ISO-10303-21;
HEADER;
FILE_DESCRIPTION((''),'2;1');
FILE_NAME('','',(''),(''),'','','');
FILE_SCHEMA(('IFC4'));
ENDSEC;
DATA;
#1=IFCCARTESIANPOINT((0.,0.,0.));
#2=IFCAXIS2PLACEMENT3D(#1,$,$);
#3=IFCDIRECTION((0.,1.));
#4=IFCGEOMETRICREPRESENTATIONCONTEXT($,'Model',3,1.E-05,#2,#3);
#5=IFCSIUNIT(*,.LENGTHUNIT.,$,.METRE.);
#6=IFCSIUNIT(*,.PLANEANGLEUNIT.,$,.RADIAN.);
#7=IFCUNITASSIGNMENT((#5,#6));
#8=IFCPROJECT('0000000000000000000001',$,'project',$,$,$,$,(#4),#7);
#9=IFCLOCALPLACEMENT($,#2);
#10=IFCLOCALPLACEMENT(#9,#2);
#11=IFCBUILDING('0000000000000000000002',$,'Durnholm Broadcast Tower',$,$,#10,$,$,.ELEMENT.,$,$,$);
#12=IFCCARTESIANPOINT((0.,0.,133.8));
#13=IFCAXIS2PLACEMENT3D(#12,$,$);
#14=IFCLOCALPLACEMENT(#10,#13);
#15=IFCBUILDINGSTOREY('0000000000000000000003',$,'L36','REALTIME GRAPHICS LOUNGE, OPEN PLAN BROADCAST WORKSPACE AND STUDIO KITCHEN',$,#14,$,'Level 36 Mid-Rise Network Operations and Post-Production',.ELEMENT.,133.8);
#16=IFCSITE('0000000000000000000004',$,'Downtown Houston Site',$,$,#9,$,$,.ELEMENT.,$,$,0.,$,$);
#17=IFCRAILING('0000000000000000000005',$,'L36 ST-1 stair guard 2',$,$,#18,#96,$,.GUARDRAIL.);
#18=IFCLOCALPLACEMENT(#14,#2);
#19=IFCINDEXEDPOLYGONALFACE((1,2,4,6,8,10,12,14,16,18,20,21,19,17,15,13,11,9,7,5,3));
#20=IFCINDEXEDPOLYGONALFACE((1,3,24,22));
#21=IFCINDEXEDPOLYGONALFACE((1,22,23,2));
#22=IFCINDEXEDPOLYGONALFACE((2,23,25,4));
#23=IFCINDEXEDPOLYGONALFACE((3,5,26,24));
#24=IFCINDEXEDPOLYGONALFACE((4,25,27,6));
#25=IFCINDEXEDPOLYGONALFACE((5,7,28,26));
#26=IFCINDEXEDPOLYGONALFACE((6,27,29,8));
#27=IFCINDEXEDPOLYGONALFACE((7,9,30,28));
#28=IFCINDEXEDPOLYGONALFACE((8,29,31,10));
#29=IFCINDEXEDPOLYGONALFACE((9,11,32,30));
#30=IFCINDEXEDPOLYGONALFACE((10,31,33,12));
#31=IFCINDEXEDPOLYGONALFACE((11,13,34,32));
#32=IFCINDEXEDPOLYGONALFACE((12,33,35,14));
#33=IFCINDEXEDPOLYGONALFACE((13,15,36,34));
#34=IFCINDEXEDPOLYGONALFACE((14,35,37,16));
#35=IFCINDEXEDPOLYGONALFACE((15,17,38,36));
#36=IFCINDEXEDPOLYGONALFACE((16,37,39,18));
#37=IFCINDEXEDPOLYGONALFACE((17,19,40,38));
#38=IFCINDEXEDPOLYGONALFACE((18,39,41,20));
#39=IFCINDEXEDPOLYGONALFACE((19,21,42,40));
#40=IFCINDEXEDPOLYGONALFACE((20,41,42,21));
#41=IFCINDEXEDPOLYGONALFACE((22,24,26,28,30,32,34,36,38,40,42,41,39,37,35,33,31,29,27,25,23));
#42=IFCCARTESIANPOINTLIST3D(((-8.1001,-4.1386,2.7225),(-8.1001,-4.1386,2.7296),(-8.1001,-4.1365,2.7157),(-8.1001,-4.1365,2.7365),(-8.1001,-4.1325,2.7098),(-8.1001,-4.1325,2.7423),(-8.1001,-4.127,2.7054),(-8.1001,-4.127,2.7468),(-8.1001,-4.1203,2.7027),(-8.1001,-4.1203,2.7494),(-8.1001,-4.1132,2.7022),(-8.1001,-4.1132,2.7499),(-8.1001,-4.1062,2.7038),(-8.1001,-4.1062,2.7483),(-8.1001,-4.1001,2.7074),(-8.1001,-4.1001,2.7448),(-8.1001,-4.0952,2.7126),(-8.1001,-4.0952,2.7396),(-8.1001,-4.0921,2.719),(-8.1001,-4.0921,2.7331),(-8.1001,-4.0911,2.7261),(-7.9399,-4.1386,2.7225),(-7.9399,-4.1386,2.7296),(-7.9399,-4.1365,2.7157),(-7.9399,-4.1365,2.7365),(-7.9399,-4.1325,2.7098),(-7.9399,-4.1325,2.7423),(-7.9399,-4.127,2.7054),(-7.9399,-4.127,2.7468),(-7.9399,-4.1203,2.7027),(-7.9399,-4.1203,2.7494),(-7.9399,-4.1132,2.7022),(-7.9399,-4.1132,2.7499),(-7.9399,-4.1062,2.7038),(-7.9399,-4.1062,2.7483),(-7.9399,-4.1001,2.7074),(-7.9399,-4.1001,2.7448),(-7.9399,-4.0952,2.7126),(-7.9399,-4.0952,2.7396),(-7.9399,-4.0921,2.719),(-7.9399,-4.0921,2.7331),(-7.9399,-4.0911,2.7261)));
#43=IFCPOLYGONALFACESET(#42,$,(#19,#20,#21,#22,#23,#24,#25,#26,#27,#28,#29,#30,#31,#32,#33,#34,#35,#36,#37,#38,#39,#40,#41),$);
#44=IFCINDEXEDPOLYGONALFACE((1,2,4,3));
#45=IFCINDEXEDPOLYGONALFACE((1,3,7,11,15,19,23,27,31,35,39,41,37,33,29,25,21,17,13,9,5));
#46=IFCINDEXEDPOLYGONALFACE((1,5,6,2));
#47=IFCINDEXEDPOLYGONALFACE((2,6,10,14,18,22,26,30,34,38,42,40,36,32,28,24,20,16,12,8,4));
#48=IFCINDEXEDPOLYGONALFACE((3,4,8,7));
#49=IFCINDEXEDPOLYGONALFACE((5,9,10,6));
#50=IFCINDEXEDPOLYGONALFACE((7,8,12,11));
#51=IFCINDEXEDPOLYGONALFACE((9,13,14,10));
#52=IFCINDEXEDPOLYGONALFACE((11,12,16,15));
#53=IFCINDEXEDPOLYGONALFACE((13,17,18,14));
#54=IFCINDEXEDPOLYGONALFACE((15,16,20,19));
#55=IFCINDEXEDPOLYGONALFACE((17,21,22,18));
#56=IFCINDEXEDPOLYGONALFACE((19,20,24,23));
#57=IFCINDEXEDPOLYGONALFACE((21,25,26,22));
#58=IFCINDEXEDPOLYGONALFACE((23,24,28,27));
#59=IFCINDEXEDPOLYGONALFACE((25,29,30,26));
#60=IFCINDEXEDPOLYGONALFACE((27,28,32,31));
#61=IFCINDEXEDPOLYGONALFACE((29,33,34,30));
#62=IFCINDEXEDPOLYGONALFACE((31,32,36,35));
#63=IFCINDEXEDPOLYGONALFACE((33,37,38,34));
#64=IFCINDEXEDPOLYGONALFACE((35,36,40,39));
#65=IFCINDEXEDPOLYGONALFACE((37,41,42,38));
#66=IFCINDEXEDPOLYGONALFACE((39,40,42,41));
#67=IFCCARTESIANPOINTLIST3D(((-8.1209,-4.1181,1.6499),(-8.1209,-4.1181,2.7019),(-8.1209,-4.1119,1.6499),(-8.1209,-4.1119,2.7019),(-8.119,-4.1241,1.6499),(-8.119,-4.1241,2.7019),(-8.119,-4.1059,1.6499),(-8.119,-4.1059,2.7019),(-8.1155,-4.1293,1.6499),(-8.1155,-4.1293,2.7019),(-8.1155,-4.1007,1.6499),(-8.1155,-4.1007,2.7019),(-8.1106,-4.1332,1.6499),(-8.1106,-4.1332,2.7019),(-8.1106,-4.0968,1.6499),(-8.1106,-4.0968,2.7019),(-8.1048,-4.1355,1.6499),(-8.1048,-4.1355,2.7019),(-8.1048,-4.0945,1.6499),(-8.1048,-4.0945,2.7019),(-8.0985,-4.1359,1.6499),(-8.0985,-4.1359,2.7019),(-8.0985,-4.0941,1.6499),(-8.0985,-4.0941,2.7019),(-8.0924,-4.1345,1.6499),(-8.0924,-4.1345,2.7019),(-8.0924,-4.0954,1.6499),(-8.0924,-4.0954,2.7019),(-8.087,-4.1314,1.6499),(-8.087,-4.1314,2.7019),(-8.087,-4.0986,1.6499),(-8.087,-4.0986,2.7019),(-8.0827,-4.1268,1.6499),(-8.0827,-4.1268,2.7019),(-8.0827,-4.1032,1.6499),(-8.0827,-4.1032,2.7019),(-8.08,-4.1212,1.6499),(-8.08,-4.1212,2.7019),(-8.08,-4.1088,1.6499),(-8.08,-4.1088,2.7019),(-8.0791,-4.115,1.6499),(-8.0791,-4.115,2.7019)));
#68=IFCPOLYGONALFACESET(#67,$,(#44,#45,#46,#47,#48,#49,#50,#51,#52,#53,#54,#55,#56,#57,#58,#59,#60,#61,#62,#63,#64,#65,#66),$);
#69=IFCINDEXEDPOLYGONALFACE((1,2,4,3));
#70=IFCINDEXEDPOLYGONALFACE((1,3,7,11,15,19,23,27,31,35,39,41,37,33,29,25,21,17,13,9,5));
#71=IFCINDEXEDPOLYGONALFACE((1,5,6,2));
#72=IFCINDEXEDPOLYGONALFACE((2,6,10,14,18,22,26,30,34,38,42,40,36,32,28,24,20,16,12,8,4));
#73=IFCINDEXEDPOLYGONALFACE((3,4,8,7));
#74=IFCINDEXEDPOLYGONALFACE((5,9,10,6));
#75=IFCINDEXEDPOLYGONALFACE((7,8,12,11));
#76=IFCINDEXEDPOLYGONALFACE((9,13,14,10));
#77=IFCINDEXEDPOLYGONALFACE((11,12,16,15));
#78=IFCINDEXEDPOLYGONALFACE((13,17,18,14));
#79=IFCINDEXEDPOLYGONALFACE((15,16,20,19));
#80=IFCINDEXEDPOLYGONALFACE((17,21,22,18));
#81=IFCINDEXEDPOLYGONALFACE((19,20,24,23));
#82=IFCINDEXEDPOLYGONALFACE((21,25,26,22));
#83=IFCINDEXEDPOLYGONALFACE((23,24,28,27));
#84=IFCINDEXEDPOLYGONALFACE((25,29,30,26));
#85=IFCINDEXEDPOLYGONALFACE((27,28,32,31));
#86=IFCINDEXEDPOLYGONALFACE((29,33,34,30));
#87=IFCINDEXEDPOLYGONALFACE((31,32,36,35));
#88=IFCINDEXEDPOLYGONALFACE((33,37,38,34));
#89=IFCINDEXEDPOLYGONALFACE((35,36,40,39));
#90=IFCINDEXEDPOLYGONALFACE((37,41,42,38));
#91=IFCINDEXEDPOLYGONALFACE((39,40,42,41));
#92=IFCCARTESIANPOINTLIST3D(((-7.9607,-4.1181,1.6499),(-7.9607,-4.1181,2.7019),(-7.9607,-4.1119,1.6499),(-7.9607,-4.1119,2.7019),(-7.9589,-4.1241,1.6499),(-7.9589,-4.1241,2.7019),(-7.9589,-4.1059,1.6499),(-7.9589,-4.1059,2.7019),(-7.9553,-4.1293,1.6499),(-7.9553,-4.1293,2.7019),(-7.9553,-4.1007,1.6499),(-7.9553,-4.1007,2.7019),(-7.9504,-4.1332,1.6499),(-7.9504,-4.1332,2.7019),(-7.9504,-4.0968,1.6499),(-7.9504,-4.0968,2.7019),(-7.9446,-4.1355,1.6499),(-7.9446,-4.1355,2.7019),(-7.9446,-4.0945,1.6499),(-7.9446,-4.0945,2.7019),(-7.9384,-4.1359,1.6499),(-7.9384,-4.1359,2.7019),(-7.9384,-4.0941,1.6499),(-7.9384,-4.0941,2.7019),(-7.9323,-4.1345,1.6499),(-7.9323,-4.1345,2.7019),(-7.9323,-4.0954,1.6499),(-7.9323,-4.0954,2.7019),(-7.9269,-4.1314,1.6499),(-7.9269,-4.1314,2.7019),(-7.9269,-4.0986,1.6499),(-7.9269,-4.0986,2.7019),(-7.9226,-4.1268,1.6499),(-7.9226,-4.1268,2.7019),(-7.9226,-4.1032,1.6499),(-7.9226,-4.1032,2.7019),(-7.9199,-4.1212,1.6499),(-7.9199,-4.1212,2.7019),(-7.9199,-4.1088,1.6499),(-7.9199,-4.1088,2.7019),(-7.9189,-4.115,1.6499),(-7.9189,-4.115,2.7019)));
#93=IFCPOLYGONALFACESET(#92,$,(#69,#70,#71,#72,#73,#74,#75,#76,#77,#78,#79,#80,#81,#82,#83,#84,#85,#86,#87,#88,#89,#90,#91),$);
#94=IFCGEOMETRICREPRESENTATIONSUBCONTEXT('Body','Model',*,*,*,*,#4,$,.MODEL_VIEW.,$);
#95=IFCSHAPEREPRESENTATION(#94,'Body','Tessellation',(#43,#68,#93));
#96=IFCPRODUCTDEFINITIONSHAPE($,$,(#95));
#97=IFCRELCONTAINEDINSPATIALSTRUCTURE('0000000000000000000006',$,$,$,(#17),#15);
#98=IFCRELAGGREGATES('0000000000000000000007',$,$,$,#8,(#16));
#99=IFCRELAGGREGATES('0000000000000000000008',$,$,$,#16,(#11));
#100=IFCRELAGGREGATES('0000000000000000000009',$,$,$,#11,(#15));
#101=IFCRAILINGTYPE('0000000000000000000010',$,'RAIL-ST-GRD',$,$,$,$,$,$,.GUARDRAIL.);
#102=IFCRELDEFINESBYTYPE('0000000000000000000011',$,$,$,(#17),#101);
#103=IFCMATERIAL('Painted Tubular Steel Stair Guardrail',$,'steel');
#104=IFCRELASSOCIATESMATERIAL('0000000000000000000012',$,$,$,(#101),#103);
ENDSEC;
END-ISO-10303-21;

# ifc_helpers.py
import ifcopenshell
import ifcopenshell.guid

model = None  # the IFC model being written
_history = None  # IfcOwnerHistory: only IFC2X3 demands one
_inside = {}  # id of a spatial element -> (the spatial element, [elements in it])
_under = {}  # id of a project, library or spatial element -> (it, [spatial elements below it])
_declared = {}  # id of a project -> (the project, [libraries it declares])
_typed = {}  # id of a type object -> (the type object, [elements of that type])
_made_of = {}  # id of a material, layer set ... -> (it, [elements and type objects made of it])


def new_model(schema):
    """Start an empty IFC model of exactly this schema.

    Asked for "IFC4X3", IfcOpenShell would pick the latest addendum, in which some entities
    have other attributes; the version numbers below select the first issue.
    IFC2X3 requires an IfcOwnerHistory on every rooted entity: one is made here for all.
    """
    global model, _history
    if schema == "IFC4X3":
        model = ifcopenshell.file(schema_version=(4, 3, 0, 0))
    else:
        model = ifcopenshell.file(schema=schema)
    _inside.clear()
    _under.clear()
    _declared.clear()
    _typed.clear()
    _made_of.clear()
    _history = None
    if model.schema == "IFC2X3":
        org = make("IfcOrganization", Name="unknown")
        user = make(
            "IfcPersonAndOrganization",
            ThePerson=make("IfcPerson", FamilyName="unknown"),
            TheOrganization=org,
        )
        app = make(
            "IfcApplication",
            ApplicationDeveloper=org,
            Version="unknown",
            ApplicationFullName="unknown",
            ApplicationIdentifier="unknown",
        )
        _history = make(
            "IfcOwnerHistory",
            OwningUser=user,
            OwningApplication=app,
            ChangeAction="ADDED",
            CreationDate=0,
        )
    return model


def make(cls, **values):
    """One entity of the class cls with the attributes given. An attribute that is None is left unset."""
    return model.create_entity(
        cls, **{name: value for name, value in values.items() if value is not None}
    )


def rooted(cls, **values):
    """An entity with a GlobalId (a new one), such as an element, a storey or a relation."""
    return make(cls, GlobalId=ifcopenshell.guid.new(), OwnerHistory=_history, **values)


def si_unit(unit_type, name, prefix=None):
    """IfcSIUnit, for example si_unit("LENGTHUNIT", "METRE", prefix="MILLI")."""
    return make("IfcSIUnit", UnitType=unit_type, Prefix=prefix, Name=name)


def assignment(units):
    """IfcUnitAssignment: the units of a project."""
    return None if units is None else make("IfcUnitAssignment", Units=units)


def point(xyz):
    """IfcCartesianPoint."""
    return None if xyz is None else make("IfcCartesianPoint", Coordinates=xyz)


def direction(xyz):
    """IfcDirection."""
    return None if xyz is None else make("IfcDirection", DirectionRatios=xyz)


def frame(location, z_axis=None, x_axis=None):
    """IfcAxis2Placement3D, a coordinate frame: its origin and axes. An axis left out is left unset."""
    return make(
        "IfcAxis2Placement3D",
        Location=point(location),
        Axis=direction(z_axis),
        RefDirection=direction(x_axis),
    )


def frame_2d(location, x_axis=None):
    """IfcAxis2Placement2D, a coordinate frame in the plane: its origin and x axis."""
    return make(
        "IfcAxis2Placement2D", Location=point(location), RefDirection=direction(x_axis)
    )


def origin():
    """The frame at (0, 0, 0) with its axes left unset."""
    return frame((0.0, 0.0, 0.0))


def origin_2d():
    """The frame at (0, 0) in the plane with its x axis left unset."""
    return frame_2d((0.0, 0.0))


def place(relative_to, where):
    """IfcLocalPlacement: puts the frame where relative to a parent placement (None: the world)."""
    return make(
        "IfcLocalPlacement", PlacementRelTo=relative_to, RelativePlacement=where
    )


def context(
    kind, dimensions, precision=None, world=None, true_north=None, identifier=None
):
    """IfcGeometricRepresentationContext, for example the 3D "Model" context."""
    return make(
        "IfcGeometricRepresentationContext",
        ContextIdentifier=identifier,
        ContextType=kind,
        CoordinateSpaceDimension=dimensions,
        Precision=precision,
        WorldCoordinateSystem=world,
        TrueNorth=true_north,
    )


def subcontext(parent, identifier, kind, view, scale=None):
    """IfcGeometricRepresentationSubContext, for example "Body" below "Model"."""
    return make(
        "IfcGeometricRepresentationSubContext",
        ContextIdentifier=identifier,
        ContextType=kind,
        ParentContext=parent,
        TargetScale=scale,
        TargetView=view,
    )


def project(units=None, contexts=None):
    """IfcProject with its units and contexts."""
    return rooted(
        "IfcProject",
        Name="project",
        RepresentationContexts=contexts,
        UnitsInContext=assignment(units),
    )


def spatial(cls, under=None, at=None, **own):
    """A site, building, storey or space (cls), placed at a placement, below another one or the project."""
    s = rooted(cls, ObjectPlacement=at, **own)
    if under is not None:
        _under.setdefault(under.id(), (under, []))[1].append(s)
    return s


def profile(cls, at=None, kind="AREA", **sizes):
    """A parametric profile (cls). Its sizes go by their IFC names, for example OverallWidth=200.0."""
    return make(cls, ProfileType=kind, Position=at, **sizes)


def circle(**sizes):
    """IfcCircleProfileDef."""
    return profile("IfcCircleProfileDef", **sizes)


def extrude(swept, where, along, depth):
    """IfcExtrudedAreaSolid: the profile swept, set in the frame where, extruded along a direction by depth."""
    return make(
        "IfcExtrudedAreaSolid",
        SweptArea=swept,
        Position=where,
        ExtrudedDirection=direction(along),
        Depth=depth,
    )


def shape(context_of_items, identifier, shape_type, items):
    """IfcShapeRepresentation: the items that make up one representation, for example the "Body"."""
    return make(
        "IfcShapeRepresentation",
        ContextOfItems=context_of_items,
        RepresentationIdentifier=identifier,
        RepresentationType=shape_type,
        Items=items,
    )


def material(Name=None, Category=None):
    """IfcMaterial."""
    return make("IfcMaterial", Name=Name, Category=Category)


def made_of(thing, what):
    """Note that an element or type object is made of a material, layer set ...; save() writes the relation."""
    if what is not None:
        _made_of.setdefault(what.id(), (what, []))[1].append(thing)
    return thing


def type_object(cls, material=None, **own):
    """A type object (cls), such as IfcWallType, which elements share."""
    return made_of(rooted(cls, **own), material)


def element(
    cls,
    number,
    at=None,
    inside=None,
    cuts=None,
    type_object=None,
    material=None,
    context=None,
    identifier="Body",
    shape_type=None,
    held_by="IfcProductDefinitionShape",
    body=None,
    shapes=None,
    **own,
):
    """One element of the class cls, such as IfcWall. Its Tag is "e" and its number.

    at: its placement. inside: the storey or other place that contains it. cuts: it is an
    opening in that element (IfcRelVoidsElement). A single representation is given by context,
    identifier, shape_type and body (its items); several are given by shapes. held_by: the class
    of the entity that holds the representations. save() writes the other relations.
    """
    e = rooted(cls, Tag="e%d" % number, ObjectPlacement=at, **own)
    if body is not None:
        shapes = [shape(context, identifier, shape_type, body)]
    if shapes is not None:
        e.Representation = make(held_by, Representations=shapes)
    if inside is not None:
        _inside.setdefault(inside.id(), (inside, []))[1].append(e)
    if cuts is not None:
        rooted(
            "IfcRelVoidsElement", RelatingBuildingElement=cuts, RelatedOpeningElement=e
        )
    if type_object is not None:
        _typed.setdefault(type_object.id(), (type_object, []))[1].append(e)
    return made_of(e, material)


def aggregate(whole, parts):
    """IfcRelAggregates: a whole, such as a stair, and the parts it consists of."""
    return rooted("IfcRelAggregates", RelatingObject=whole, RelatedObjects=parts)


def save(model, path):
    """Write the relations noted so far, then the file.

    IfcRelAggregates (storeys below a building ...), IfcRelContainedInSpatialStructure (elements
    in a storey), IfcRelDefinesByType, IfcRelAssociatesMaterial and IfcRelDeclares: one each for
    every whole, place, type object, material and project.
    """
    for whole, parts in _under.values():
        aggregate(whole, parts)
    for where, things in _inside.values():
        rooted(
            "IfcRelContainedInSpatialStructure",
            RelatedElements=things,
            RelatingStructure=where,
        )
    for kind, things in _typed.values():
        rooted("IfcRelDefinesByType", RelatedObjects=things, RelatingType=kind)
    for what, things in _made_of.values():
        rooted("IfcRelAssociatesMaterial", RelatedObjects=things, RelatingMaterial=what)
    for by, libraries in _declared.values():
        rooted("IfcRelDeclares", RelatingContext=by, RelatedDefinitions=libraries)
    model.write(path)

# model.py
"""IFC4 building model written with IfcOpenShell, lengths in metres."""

from ifc_helpers import new_model, si_unit, direction, frame, origin, origin_2d, place, context, subcontext, project, spatial, circle, extrude, material, type_object, element, save


model = new_model("IFC4")

# Units and contexts
model_context = context("Model", 3, precision=1e-05, world=origin(), true_north=direction((0.0, 1.0)))
body_context = subcontext(model_context, "Body", "Model", "MODEL_VIEW")
ifc_project = project(units=[si_unit("LENGTHUNIT", "METRE"), si_unit("PLANEANGLEUNIT", "RADIAN")], contexts=[model_context])

# Site, building, storey
site_placement = place(None, origin())
site = spatial("IfcSite", under=ifc_project, at=site_placement, Name="Downtown Houston Site", CompositionType="ELEMENT", RefElevation=0.0)
building_placement = place(site_placement, origin())
building = spatial("IfcBuilding", under=site, at=building_placement, Name="Durnholm Broadcast Tower", CompositionType="ELEMENT")
storey_placement = place(building_placement, frame((0.0, 0.0, 133.8)))
storey = spatial("IfcBuildingStorey", under=building, at=storey_placement, Name="L36", Description="REALTIME GRAPHICS LOUNGE, OPEN PLAN BROADCAST WORKSPACE AND STUDIO KITCHEN", LongName="Level 36 Mid-Rise Network Operations and Post-Production", CompositionType="ELEMENT", Elevation=133.8)

# Railing
ifc_material_1 = material(Name="Painted Tubular Steel Stair Guardrail", Category="steel")
railing_type_1 = type_object("IfcRailingType", Name="RAIL-ST-GRD", PredefinedType="GUARDRAIL", material=ifc_material_1)
railing_1_placement = place(storey_placement, frame((-8.1001, -4.115, 1.6499)))
element("IfcRailing", 1, at=railing_1_placement, inside=storey, type_object=railing_type_1, Name="L36 ST-1 stair guard 2", PredefinedType="GUARDRAIL", context=body_context, shape_type="SweptSolid", body=[
    extrude(circle(Radius=0.0239, at=origin_2d()), frame((0.0, 0.0, 1.0762), z_axis=(1.0, 0.0, 0.0), x_axis=(0.0, 1.0, 0.0)), (0.0, 0.0, 1.0), 0.1602),
    extrude(circle(Radius=0.021, at=origin_2d()), origin(), (0.0, 0.0, 1.0), 1.052),
    extrude(circle(Radius=0.021, at=origin_2d()), frame((0.1602, 0.0, 0.0)), (0.0, 0.0, 1.0), 1.052),
])

save(model, "model.ifc")
